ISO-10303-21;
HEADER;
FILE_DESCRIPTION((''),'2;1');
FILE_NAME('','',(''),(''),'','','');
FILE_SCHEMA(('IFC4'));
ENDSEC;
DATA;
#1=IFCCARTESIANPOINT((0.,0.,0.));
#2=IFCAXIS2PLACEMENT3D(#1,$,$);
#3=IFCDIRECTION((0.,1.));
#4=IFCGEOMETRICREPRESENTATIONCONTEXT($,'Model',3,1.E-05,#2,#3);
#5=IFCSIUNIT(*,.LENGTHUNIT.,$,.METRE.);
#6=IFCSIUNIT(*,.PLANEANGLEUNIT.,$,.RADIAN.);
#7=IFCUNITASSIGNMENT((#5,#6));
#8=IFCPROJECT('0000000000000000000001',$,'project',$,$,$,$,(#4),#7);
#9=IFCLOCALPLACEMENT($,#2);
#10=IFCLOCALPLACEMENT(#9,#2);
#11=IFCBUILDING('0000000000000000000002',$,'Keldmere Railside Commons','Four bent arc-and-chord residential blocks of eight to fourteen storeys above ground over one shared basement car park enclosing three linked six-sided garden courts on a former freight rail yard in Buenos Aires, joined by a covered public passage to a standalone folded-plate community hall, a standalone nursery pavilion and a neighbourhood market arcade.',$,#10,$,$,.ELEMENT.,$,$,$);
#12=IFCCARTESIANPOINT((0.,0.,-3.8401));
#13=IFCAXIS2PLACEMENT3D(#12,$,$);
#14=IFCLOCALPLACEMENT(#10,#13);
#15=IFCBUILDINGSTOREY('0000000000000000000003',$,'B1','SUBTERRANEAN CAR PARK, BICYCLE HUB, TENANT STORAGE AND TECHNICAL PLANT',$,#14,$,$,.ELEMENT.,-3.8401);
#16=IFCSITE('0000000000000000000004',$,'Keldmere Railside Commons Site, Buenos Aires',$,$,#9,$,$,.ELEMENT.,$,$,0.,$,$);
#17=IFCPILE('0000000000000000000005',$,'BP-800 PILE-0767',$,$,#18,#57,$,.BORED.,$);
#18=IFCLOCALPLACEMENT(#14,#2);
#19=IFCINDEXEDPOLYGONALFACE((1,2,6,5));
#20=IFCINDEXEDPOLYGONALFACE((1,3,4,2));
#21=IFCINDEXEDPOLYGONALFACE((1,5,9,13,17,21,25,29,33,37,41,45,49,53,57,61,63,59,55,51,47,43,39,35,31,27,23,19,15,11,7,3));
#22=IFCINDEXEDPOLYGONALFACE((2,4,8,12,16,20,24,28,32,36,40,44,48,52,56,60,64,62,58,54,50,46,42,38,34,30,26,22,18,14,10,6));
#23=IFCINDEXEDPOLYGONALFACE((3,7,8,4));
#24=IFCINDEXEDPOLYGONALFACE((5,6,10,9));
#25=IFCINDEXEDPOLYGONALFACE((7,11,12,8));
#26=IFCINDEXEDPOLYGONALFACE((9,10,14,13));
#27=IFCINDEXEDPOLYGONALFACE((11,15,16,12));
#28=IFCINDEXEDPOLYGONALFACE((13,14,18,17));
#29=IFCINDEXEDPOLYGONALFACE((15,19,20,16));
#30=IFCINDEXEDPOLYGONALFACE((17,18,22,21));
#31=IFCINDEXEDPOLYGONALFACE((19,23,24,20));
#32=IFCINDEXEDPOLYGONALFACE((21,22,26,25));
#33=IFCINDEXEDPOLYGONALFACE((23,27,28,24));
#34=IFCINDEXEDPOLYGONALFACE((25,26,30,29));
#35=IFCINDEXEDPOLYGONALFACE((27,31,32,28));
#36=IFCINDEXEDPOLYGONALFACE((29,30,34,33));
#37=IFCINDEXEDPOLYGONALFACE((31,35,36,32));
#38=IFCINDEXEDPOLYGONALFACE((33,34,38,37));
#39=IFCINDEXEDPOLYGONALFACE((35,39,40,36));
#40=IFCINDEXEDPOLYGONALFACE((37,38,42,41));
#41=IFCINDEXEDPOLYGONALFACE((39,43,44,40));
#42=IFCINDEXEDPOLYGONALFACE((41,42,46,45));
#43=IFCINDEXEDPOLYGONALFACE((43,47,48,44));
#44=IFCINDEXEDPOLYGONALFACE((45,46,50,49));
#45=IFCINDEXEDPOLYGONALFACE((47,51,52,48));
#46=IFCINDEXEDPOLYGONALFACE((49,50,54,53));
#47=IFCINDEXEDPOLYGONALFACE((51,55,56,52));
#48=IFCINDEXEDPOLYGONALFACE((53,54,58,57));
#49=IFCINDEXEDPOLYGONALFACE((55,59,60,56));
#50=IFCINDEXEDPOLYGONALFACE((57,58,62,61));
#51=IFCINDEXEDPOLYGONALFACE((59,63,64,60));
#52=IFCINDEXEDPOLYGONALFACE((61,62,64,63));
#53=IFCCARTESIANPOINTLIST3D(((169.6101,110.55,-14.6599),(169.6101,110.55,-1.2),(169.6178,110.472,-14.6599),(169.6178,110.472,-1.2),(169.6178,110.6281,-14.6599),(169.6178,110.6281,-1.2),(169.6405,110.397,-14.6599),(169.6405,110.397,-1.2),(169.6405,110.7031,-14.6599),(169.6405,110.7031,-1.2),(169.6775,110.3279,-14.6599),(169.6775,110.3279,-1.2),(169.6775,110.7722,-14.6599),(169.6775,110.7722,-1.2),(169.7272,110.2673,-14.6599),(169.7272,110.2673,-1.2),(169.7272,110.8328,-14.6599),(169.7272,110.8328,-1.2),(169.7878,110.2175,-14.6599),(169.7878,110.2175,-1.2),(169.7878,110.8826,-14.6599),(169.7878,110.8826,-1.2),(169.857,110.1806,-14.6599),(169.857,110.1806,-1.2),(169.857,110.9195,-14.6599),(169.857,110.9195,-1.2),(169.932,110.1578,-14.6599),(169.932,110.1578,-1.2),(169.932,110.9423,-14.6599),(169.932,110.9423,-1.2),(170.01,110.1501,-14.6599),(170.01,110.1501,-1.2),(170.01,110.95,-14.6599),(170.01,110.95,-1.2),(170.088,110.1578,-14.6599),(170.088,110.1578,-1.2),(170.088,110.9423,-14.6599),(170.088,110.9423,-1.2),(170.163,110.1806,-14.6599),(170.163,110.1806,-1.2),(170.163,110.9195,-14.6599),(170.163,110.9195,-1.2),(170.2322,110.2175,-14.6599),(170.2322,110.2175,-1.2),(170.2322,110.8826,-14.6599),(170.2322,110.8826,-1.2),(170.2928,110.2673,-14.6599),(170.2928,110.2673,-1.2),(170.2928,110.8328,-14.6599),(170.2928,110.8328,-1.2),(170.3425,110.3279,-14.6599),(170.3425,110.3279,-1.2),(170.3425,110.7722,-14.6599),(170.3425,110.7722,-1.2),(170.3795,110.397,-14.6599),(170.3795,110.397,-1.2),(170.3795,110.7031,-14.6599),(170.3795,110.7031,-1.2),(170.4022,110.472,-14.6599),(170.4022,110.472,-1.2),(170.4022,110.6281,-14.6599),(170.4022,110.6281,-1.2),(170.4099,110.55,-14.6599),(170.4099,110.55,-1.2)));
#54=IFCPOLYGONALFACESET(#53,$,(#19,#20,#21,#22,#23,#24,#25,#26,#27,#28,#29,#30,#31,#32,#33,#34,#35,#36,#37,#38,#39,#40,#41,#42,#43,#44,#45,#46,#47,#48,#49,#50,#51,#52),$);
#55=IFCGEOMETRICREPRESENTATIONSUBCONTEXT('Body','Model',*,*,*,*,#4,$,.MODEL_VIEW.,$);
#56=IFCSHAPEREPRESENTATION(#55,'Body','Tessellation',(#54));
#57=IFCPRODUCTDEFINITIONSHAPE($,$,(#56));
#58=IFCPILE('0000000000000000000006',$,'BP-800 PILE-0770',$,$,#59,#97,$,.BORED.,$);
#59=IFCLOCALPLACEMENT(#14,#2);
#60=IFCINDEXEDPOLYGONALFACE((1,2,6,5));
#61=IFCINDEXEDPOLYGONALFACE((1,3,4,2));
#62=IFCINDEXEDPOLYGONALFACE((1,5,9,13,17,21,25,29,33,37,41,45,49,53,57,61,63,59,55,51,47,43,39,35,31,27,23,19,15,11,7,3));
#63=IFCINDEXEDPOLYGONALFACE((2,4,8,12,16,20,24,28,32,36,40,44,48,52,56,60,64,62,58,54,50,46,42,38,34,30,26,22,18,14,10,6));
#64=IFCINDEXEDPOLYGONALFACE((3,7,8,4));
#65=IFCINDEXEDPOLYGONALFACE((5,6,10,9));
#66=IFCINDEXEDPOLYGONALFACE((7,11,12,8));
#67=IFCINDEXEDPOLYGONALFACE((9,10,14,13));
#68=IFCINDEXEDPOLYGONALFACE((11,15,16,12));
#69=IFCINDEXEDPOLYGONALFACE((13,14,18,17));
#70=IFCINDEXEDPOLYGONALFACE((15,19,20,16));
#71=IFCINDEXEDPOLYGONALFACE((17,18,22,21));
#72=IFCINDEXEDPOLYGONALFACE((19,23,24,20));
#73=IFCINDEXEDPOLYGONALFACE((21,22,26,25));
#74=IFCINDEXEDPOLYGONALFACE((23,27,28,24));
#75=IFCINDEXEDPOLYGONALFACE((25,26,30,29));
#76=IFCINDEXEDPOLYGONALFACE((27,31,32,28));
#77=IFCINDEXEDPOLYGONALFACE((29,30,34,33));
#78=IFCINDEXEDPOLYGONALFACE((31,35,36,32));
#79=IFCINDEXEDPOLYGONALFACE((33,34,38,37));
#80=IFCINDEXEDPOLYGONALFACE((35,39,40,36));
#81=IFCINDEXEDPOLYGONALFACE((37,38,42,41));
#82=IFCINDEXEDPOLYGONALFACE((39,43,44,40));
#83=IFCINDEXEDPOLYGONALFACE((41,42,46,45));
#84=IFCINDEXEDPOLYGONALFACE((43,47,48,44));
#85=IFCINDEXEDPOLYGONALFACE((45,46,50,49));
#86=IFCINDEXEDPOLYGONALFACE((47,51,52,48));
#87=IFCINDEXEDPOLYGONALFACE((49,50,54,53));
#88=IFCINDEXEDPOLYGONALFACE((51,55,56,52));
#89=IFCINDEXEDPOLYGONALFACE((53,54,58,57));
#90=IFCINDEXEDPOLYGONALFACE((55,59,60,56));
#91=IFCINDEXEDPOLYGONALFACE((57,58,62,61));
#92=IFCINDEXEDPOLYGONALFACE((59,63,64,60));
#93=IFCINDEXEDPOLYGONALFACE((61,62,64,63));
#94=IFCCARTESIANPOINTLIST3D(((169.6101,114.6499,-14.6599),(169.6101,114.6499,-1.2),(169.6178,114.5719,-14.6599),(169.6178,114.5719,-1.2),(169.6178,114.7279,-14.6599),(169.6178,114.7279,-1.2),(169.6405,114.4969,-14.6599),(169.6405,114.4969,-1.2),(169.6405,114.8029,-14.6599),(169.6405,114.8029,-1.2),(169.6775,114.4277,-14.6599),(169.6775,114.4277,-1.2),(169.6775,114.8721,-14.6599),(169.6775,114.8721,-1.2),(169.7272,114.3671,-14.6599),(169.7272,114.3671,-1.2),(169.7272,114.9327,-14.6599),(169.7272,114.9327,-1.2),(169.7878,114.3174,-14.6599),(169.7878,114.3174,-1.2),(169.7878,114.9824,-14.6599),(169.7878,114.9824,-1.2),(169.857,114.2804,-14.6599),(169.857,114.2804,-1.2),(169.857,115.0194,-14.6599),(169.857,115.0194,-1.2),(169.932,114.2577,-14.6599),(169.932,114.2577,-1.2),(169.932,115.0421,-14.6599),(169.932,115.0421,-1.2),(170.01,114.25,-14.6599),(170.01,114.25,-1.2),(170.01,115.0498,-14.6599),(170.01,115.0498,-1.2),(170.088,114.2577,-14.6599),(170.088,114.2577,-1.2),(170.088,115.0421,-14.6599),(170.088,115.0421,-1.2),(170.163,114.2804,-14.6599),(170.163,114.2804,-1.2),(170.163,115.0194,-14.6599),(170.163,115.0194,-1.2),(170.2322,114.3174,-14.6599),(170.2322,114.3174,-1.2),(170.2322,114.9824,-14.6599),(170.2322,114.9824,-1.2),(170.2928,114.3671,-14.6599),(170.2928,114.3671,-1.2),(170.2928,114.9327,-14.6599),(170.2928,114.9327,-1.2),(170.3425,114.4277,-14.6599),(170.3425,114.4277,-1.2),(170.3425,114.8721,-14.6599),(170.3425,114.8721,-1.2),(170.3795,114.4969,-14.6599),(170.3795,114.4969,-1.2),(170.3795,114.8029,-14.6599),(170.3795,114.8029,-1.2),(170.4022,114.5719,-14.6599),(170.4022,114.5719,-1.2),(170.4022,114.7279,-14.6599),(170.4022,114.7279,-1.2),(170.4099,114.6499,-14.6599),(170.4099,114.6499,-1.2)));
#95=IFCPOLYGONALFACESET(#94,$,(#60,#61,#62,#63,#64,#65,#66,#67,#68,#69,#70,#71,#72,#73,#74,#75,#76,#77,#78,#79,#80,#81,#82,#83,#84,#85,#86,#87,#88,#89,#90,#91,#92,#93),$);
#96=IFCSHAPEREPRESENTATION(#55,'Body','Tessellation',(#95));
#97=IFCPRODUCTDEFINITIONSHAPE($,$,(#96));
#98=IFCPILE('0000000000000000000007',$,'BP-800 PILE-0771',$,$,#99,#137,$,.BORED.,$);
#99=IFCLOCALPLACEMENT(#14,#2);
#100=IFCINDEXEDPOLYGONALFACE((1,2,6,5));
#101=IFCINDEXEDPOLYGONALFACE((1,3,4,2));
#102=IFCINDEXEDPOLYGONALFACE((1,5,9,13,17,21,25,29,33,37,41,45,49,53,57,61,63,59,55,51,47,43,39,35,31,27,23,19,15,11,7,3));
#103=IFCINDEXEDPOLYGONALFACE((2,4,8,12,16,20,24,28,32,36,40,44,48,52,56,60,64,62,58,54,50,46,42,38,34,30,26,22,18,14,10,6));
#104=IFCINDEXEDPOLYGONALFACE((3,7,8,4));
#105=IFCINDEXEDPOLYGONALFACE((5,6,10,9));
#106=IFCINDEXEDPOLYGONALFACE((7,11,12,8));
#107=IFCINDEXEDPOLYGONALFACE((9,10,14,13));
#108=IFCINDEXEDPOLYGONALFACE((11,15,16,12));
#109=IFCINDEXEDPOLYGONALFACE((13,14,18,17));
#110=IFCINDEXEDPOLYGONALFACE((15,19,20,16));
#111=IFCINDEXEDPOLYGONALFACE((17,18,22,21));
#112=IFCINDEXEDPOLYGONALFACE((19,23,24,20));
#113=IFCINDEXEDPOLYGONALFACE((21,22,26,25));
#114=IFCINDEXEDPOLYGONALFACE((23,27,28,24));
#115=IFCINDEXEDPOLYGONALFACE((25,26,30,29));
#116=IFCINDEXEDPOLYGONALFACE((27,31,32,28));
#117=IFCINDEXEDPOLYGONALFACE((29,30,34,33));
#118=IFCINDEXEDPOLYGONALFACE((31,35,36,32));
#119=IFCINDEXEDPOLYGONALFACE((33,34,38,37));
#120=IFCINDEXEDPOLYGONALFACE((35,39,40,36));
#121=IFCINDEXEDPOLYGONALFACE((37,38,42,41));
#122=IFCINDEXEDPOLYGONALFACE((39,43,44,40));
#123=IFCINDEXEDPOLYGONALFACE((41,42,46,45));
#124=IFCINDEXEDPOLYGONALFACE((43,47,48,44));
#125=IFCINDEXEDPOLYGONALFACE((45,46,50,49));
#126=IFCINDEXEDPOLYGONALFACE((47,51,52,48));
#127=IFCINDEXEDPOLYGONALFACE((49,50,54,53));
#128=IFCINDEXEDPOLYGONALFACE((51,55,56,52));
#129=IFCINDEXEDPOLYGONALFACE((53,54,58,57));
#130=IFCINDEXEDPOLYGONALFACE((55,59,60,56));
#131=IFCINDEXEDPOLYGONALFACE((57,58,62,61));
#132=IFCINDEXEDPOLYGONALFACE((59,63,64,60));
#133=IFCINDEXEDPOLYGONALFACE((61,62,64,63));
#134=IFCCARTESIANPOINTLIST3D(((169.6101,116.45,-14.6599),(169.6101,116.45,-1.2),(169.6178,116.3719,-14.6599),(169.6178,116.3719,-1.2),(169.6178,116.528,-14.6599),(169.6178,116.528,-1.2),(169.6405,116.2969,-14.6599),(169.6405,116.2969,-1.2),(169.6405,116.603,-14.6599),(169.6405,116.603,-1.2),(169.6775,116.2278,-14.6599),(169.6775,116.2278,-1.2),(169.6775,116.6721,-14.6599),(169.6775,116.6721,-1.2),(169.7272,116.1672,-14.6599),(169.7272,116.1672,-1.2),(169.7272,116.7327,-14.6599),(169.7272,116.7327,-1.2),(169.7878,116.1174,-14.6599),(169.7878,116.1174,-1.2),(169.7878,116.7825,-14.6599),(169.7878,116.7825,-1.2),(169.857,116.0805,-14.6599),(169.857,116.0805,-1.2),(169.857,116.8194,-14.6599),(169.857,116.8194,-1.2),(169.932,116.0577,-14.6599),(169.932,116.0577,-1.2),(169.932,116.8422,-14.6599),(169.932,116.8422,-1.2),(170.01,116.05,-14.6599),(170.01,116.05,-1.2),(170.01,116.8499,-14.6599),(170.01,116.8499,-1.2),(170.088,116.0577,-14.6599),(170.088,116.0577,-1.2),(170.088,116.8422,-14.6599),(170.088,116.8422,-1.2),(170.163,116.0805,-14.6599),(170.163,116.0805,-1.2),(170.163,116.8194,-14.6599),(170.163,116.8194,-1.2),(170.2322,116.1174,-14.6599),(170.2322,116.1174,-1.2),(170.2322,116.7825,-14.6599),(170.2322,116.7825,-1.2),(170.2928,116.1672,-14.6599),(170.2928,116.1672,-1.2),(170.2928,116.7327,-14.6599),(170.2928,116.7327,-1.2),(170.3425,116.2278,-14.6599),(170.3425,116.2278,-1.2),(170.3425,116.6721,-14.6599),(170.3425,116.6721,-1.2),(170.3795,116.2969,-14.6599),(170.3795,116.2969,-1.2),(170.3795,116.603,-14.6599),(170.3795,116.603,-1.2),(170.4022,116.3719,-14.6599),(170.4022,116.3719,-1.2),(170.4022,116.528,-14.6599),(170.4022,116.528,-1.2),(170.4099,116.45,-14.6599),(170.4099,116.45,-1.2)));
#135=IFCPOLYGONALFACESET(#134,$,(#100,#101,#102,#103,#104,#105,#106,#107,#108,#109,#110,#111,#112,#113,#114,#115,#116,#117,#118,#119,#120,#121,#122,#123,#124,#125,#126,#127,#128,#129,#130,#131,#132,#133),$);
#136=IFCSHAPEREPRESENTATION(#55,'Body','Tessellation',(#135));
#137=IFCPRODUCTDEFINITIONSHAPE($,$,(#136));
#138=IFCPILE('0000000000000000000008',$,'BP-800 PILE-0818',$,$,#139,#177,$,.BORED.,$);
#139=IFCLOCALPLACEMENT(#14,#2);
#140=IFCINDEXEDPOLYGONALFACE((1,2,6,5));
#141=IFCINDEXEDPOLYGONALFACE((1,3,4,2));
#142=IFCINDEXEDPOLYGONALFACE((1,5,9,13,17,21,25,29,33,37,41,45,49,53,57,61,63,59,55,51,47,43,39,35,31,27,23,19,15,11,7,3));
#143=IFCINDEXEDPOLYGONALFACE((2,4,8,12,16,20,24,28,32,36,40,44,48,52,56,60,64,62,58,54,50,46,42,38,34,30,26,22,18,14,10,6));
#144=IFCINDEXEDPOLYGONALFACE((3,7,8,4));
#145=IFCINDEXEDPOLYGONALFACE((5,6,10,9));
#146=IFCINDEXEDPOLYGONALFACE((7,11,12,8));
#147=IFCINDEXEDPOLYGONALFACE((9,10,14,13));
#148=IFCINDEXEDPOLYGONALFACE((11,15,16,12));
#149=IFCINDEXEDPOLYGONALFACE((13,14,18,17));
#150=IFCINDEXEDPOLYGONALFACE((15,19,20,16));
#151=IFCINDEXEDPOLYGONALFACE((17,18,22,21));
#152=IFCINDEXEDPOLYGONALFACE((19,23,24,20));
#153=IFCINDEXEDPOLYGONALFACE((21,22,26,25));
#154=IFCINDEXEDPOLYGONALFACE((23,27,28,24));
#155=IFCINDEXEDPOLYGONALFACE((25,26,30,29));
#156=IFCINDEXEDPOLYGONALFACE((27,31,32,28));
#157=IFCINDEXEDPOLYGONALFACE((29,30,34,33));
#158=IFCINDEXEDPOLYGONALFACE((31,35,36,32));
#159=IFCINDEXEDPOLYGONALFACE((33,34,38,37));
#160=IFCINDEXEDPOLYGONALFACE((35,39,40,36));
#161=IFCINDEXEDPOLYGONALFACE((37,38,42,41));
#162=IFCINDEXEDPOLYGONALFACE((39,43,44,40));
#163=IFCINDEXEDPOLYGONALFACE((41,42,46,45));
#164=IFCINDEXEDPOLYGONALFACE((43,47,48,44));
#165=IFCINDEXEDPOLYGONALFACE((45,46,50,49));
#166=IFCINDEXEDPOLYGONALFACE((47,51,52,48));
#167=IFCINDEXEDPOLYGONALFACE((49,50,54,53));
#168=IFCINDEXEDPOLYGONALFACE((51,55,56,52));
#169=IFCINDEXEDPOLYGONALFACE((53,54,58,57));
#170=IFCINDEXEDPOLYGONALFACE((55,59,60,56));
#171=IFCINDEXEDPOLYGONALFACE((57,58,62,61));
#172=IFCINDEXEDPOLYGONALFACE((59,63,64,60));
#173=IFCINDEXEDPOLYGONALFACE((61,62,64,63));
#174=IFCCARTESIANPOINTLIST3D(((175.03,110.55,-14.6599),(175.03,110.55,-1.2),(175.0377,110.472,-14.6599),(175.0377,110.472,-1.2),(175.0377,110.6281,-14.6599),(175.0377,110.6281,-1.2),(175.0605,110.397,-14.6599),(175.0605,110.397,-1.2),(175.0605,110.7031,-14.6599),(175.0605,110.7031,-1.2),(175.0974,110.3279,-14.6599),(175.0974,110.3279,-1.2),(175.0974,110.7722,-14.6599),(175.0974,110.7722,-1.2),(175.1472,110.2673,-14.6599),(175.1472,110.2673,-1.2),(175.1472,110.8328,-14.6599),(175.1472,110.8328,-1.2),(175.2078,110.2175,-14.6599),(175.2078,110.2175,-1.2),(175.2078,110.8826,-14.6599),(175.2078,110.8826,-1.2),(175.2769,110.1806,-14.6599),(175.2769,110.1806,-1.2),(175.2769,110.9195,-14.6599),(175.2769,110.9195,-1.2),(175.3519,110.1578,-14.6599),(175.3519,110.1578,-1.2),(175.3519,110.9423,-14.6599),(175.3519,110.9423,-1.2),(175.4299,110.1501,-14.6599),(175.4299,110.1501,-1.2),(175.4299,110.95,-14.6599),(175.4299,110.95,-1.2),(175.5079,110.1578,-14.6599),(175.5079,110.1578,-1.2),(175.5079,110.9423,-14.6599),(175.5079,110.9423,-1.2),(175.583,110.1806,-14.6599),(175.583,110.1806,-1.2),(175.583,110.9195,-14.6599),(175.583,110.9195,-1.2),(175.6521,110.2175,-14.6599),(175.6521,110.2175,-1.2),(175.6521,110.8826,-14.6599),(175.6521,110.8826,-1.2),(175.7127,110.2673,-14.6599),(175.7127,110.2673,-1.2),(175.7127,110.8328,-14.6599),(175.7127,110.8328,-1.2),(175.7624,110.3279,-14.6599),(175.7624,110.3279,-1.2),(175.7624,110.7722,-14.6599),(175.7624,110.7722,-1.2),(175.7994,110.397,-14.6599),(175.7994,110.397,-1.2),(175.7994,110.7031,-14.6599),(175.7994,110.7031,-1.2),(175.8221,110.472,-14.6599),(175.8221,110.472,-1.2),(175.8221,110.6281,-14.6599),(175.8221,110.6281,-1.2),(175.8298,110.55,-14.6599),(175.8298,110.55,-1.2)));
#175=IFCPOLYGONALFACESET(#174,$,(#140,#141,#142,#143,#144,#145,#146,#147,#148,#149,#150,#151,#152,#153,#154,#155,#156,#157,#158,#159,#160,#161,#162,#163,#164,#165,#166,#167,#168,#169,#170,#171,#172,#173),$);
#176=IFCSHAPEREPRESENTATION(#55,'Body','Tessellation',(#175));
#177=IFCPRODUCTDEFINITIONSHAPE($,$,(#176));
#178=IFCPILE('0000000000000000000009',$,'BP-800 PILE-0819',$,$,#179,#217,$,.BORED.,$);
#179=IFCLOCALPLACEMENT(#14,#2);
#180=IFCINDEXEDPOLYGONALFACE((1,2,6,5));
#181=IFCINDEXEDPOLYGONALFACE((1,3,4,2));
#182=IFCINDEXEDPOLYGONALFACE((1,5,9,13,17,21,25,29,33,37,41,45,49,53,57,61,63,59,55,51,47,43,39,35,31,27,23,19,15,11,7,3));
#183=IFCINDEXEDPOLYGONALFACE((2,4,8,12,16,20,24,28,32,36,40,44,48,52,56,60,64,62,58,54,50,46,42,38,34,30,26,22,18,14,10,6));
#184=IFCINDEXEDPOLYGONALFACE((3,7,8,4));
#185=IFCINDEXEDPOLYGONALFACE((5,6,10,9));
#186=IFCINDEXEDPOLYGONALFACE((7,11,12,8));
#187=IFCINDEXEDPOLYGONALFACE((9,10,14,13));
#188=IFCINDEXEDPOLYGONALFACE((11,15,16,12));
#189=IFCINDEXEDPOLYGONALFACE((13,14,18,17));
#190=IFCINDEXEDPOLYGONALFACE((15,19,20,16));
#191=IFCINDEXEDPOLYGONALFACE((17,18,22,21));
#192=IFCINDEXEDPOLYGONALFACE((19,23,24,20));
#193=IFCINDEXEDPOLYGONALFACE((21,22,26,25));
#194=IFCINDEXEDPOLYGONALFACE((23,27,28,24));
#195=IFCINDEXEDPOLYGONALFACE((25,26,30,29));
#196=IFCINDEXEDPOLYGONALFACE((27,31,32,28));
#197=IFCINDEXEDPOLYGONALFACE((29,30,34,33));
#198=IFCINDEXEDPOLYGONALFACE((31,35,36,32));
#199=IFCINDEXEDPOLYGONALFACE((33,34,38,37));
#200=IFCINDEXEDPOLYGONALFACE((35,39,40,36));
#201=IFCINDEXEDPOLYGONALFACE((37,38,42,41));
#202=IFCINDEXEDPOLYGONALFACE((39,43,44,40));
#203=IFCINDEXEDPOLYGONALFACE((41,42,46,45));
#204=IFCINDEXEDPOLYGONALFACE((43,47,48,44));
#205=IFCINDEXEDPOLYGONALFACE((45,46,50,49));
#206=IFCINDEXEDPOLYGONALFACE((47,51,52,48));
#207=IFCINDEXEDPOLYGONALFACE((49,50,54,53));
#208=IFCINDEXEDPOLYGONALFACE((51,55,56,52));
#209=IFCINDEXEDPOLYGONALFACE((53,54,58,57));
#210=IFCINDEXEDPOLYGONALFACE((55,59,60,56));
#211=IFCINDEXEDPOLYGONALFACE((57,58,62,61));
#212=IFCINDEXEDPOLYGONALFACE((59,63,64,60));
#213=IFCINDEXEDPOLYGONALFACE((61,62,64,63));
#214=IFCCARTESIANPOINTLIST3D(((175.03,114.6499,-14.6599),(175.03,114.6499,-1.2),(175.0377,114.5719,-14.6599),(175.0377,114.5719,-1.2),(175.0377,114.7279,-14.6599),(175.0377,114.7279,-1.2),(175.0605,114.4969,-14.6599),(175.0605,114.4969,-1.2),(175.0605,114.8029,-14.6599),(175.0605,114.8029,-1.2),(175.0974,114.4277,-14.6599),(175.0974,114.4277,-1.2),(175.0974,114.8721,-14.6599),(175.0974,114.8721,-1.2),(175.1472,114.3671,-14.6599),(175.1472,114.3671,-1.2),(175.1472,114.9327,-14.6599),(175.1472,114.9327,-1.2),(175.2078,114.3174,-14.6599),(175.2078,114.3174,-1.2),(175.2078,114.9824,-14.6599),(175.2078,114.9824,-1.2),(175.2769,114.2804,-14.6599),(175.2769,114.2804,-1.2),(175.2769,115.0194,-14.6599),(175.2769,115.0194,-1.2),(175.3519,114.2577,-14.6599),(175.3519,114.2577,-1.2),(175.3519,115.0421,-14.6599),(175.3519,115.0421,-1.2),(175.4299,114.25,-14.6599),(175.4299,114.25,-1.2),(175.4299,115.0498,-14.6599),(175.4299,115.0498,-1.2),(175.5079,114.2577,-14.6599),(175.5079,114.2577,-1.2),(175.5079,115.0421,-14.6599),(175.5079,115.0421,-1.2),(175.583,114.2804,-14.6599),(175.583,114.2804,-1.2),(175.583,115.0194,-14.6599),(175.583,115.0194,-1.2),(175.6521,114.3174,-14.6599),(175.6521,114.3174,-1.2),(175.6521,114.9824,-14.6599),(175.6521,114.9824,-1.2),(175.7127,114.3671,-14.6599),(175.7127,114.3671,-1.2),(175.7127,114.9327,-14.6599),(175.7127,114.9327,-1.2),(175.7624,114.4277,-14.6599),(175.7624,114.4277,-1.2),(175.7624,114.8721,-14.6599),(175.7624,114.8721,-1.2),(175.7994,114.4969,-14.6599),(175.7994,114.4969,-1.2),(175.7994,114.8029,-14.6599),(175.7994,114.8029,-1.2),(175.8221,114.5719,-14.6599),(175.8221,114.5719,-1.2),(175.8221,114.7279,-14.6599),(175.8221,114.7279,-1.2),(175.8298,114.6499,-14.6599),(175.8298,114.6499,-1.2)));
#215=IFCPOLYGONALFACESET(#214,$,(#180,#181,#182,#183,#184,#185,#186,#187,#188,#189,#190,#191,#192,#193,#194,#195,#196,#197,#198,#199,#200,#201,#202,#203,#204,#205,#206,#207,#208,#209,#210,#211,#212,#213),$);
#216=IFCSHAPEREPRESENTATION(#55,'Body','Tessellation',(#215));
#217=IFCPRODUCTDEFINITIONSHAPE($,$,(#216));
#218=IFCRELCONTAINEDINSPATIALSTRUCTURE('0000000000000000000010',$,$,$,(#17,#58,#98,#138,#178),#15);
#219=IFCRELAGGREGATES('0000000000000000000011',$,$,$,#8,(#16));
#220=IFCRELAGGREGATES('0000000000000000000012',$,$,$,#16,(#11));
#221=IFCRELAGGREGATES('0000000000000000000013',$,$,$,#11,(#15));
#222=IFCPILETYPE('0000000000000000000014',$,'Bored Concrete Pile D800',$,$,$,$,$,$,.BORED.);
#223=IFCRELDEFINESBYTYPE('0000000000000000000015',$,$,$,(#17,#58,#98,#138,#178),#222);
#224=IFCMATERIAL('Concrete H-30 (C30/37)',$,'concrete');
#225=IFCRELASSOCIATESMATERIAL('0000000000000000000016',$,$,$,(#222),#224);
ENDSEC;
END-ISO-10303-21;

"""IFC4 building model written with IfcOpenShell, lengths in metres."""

from ifc_helpers import new_model, si_unit, direction, frame, origin, origin_2d, place, context, subcontext, project, spatial, circle, extrude, material, material_profile, profile_set, type_object, element, save


model = new_model("IFC4")

# Units and contexts
model_context = context("Model", 3, precision=1e-05, world=origin(), true_north=direction((0.0, 1.0)))
body_context = subcontext(model_context, "Body", "Model", "MODEL_VIEW")
ifc_project = project(units=[si_unit("LENGTHUNIT", "METRE"), si_unit("PLANEANGLEUNIT", "RADIAN")], contexts=[model_context])

# Site, building, storey
site_placement = place(None, origin())
site = spatial("IfcSite", under=ifc_project, at=site_placement, Name="Keldmere Railside Commons Site, Buenos Aires", CompositionType="ELEMENT", RefElevation=0.0)
building_placement = place(site_placement, origin())
building = spatial("IfcBuilding", under=site, at=building_placement, Name="Keldmere Railside Commons", Description="Four bent arc-and-chord residential blocks of eight to fourteen storeys above ground over one shared basement car park enclosing three linked six-sided garden courts on a former freight rail yard in Buenos Aires, joined by a covered public passage to a standalone folded-plate community hall, a standalone nursery pavilion and a neighbourhood market arcade.", CompositionType="ELEMENT")
storey_placement = place(building_placement, frame((0.0, 0.0, -3.8401)))
storey = spatial("IfcBuildingStorey", under=building, at=storey_placement, Name="B1", Description="SUBTERRANEAN CAR PARK, BICYCLE HUB, TENANT STORAGE AND TECHNICAL PLANT", CompositionType="ELEMENT", Elevation=-3.8401)

# Piles
ifc_material_1 = material(Name="Concrete H-30 (C30/37)", Category="concrete")
ifc_material_profile_1 = material_profile(ifc_material_1, circle(Radius=0.3999, at=origin_2d()), Name="PILE-D800")
ifc_profile_set_1 = profile_set([ifc_material_profile_1], Name="Concrete H-30 (C30/37)")
pile_type = type_object("IfcPileType", Name="Bored Concrete Pile D800", PredefinedType="BORED", material=ifc_profile_set_1)
for number, where, z_axis, x_axis, name in (
    (1, (170.01, 110.55, -1.2), (0.0, 0.0, -1.0), (1.0, 0.0, 0.0), "BP-800 PILE-0767"),
    (2, (170.01, 114.6499, -1.2), (0.0, 0.0, -1.0), (1.0, 0.0, 0.0), "BP-800 PILE-0770"),
    (3, (170.01, 116.45, -1.2), (0.0, 0.0, -1.0), (1.0, 0.0, 0.0), "BP-800 PILE-0771"),
    (4, (175.4299, 110.55, -1.2), (0.0, 0.0, -1.0), (1.0, 0.0, 0.0), "BP-800 PILE-0818"),
    (5, (175.4299, 114.6499, -1.2), (0.0, 0.0, -1.0), (1.0, 0.0, 0.0), "BP-800 PILE-0819"),
):
    element("IfcPile", number, at=place(storey_placement, frame(where, z_axis=z_axis, x_axis=x_axis)), inside=storey, type_object=pile_type, Name=name, PredefinedType="BORED", context=body_context, shape_type="SweptSolid", body=[
        extrude(circle(Radius=0.3999, at=origin_2d()), origin(), (0.0, 0.0, 1.0), 13.46),
    ])

save(model, "model.ifc")
